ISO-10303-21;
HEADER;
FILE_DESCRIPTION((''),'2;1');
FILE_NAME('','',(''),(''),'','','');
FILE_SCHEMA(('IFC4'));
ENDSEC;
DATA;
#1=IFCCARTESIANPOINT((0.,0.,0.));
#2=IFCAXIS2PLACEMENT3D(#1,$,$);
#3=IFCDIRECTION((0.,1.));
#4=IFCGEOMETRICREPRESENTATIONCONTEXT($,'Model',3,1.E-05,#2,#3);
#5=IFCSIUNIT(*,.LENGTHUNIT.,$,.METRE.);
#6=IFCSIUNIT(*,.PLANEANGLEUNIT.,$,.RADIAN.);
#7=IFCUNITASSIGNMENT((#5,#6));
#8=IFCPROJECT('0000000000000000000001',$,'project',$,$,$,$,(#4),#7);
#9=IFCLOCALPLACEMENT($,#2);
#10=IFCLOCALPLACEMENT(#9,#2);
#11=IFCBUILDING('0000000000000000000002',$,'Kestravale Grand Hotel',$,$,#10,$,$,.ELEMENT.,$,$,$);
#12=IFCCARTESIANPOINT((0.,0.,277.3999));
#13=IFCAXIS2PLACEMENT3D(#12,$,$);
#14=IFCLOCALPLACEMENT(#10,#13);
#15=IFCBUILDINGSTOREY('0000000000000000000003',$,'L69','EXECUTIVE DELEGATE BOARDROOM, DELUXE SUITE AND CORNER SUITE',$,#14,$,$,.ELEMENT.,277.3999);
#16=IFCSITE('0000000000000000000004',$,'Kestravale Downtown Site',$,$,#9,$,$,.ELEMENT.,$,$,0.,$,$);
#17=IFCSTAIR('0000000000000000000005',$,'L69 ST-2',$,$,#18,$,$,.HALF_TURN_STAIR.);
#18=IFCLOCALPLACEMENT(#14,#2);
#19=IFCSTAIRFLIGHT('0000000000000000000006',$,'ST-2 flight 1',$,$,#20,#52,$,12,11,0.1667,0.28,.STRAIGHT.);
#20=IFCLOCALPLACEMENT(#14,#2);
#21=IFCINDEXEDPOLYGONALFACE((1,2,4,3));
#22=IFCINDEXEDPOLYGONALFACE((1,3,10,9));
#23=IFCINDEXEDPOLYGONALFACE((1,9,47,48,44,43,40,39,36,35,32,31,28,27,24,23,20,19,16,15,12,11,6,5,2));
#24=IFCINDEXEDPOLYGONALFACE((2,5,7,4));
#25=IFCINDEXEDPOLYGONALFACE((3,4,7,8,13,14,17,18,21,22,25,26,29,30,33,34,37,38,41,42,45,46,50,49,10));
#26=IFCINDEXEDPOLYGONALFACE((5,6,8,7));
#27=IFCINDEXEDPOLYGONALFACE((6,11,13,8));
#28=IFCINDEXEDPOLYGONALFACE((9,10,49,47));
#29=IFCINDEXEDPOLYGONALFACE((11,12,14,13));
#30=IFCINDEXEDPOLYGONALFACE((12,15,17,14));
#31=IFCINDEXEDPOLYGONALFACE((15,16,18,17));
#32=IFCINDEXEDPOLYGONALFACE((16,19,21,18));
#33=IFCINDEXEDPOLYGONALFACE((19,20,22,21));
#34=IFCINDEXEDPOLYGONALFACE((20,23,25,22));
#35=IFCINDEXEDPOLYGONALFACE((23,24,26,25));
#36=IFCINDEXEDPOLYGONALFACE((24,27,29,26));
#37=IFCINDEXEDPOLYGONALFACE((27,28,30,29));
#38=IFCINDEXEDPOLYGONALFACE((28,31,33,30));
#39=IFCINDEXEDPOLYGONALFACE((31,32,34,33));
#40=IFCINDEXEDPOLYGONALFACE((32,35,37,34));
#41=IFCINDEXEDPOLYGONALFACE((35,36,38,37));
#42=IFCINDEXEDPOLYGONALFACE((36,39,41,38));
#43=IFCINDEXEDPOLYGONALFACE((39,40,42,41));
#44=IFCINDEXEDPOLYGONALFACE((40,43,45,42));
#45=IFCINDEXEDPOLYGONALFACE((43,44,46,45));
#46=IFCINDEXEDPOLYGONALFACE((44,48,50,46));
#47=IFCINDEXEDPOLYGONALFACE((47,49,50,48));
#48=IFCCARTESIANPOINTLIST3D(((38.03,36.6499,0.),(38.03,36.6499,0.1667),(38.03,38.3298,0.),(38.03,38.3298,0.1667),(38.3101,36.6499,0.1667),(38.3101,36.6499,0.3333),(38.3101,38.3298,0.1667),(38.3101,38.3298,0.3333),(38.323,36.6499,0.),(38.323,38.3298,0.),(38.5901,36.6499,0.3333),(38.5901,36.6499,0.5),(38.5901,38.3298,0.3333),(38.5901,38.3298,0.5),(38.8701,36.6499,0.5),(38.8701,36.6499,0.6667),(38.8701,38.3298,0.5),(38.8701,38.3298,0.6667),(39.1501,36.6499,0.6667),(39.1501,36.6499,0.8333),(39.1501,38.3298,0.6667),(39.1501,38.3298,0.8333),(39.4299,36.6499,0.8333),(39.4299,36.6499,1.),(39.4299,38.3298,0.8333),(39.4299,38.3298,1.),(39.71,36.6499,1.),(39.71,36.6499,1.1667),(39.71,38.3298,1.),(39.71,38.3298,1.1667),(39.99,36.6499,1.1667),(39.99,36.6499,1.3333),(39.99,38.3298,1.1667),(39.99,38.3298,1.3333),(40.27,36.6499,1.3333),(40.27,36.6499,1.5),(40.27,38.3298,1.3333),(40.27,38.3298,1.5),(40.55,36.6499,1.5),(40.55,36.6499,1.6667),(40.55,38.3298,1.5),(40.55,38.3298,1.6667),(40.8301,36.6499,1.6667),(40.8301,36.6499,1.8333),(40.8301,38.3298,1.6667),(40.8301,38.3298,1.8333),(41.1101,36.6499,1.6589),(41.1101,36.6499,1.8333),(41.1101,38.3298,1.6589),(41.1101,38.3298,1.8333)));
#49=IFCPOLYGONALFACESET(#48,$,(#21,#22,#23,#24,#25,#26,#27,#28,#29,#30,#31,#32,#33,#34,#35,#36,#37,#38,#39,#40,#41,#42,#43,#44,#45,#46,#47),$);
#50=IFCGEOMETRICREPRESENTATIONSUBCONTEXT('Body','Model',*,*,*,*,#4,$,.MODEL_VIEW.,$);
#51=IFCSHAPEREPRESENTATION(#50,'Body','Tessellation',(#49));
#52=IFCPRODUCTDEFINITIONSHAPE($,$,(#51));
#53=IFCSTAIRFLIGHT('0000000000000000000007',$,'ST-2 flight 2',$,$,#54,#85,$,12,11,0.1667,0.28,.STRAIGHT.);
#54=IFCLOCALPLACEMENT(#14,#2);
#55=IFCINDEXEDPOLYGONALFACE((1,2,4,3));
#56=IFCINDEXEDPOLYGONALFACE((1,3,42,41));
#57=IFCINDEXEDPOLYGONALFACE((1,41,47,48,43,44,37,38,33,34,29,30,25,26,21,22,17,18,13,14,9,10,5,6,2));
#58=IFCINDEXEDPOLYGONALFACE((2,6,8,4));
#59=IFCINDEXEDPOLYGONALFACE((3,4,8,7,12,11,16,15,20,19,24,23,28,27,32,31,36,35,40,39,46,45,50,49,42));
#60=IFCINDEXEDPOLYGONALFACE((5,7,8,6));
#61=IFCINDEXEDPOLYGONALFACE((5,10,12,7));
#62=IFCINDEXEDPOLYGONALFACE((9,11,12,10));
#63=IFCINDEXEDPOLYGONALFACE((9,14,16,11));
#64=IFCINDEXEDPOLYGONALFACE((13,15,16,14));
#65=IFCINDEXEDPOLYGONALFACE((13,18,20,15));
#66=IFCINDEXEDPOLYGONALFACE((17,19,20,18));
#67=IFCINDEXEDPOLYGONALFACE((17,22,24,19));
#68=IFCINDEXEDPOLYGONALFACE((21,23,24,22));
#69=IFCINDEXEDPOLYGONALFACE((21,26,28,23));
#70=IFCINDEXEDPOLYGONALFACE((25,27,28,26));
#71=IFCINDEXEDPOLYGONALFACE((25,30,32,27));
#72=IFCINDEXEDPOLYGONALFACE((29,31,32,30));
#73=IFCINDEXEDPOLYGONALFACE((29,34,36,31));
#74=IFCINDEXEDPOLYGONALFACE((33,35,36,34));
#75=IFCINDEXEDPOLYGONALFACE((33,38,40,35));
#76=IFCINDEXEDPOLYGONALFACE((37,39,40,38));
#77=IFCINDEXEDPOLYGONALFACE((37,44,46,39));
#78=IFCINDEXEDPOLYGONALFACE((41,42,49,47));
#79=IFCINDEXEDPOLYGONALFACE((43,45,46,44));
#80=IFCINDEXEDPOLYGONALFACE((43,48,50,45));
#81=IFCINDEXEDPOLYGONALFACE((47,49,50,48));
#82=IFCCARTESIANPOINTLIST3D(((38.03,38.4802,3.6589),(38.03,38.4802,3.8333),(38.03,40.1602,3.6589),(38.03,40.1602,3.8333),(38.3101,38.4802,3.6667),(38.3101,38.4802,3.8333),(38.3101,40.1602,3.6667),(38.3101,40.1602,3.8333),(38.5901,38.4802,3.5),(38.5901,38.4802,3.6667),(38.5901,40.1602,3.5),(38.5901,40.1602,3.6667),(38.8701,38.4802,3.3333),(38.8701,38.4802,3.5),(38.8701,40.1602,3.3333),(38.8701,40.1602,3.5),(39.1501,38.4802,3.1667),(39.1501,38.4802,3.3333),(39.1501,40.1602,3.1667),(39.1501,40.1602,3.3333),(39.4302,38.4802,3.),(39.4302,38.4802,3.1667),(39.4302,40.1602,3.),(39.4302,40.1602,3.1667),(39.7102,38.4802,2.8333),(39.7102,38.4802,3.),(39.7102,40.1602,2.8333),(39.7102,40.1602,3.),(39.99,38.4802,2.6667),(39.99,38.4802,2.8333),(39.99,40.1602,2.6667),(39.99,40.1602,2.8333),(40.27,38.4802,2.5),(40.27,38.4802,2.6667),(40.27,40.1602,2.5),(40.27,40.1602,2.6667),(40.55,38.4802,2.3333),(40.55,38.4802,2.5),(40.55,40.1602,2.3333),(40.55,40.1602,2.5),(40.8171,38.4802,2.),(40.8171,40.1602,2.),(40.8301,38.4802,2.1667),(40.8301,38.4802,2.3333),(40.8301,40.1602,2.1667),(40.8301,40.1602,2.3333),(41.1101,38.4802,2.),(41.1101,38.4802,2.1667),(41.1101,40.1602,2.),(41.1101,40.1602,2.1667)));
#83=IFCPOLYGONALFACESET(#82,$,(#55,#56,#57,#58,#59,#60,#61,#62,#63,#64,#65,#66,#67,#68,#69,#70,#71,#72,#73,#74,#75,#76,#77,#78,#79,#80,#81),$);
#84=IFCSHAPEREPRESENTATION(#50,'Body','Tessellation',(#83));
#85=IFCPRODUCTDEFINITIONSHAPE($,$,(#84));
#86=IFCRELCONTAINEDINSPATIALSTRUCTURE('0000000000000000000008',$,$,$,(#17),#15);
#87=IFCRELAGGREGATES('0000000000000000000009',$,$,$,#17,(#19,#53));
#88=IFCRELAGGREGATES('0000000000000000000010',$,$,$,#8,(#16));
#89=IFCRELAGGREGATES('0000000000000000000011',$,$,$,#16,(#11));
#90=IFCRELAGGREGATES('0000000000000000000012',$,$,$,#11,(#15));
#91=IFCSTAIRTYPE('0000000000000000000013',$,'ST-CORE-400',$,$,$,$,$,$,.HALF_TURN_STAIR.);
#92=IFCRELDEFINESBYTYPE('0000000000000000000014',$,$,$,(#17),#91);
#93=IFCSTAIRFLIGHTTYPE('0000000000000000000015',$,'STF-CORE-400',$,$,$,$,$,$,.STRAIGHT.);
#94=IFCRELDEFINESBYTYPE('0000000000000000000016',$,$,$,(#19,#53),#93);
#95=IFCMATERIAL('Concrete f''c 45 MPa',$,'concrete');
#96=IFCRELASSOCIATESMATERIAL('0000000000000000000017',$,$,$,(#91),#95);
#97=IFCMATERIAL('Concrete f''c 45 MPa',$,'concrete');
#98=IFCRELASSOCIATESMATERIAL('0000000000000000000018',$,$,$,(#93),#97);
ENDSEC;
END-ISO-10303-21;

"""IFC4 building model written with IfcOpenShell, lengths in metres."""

from ifc_helpers import new_model, si_unit, direction, frame, origin, place, context, subcontext, project, spatial, polyline, outline, extrude, material, type_object, element, aggregate, save


model = new_model("IFC4")

# Units and contexts
model_context = context("Model", 3, precision=1e-05, world=origin(), true_north=direction((0.0, 1.0)))
body_context = subcontext(model_context, "Body", "Model", "MODEL_VIEW")
ifc_project = project(units=[si_unit("LENGTHUNIT", "METRE"), si_unit("PLANEANGLEUNIT", "RADIAN")], contexts=[model_context])

# Site, building, storey
site_placement = place(None, origin())
site = spatial("IfcSite", under=ifc_project, at=site_placement, Name="Kestravale Downtown Site", CompositionType="ELEMENT", RefElevation=0.0)
building_placement = place(site_placement, origin())
building = spatial("IfcBuilding", under=site, at=building_placement, Name="Kestravale Grand Hotel", CompositionType="ELEMENT")
storey_placement = place(building_placement, frame((0.0, 0.0, 277.3999)))
storey = spatial("IfcBuildingStorey", under=building, at=storey_placement, Name="L69", Description="EXECUTIVE DELEGATE BOARDROOM, DELUXE SUITE AND CORNER SUITE", CompositionType="ELEMENT", Elevation=277.3999)

# Stair, stair flights
ifc_material_1 = material(Name="Concrete f'c 45 MPa", Category="concrete")
stair_type = type_object("IfcStairType", Name="ST-CORE-400", PredefinedType="HALF_TURN_STAIR", material=ifc_material_1)
stair_placement = place(storey_placement, origin())
stair = element("IfcStair", 1, at=stair_placement, inside=storey, type_object=stair_type, Name="L69 ST-2", PredefinedType="HALF_TURN_STAIR")
ifc_material_2 = material(Name="Concrete f'c 45 MPa", Category="concrete")
stair_flight_type = type_object("IfcStairFlightType", Name="STF-CORE-400", PredefinedType="STRAIGHT", material=ifc_material_2)
stair_flight_1_placement = place(storey_placement, frame((38.03, 37.49, 0.0), z_axis=(0.0, 0.0, 1.0), x_axis=(1.0, 0.0, 0.0)))
stair_flight_1 = element("IfcStairFlight", 2, at=stair_flight_1_placement, type_object=stair_flight_type, Name="ST-2 flight 1", NumberOfRisers=12, NumberOfTreads=11, PredefinedType="STRAIGHT", RiserHeight=0.1667, TreadLength=0.28, context=body_context, shape_type="SweptSolid", body=[
    extrude(outline(polyline([(0.0, 0.0), (0.0, 0.1667), (0.28, 0.1667), (0.28, 0.3333), (0.5601, 0.3333), (0.5601, 0.5), (0.8401, 0.5), (0.8401, 0.6667), (1.1201, 0.6667), (1.1201, 0.8333), (1.3999, 0.8333), (1.3999, 1.0), (1.6799, 1.0), (1.6799, 1.1667), (1.96, 1.1667), (1.96, 1.3333), (2.24, 1.3333), (2.24, 1.5), (2.52, 1.5), (2.52, 1.6667), (2.8, 1.6667), (2.8, 1.8333), (3.0801, 1.8333), (3.0801, 2.0), (3.0801, 1.6589), (0.293, 0.0), (0.0, 0.0)])), frame((0.0, 0.8398, 0.0), z_axis=(0.0, -1.0, 0.0), x_axis=(1.0, 0.0, 0.0)), (0.0, 0.0, 1.0), 1.6799),
])
stair_flight_2_placement = place(storey_placement, frame((41.1101, 39.3201, 2.0), z_axis=(0.0, 0.0, 1.0), x_axis=(-1.0, 0.0, 0.0)))
stair_flight_2 = element("IfcStairFlight", 3, at=stair_flight_2_placement, type_object=stair_flight_type, Name="ST-2 flight 2", NumberOfRisers=12, NumberOfTreads=11, PredefinedType="STRAIGHT", RiserHeight=0.1667, TreadLength=0.28, context=body_context, shape_type="SweptSolid", body=[
    extrude(outline(polyline([(0.0, 0.0), (0.0, 0.1667), (0.28, 0.1667), (0.28, 0.3333), (0.5601, 0.3333), (0.5601, 0.5), (0.8401, 0.5), (0.8401, 0.6667), (1.1201, 0.6667), (1.1201, 0.8333), (1.3999, 0.8333), (1.3999, 1.0), (1.6799, 1.0), (1.6799, 1.1667), (1.96, 1.1667), (1.96, 1.3333), (2.24, 1.3333), (2.24, 1.5), (2.52, 1.5), (2.52, 1.6667), (2.8, 1.6667), (2.8, 1.8333), (3.0801, 1.8333), (3.0801, 2.0), (3.0801, 1.6589), (0.293, 0.0), (0.0, 0.0)])), frame((0.0, 0.8398, 0.0), z_axis=(0.0, -1.0, 0.0), x_axis=(1.0, 0.0, 0.0)), (0.0, 0.0, 1.0), 1.6799),
])
aggregate(stair, [stair_flight_1, stair_flight_2])

save(model, "model.ifc")
